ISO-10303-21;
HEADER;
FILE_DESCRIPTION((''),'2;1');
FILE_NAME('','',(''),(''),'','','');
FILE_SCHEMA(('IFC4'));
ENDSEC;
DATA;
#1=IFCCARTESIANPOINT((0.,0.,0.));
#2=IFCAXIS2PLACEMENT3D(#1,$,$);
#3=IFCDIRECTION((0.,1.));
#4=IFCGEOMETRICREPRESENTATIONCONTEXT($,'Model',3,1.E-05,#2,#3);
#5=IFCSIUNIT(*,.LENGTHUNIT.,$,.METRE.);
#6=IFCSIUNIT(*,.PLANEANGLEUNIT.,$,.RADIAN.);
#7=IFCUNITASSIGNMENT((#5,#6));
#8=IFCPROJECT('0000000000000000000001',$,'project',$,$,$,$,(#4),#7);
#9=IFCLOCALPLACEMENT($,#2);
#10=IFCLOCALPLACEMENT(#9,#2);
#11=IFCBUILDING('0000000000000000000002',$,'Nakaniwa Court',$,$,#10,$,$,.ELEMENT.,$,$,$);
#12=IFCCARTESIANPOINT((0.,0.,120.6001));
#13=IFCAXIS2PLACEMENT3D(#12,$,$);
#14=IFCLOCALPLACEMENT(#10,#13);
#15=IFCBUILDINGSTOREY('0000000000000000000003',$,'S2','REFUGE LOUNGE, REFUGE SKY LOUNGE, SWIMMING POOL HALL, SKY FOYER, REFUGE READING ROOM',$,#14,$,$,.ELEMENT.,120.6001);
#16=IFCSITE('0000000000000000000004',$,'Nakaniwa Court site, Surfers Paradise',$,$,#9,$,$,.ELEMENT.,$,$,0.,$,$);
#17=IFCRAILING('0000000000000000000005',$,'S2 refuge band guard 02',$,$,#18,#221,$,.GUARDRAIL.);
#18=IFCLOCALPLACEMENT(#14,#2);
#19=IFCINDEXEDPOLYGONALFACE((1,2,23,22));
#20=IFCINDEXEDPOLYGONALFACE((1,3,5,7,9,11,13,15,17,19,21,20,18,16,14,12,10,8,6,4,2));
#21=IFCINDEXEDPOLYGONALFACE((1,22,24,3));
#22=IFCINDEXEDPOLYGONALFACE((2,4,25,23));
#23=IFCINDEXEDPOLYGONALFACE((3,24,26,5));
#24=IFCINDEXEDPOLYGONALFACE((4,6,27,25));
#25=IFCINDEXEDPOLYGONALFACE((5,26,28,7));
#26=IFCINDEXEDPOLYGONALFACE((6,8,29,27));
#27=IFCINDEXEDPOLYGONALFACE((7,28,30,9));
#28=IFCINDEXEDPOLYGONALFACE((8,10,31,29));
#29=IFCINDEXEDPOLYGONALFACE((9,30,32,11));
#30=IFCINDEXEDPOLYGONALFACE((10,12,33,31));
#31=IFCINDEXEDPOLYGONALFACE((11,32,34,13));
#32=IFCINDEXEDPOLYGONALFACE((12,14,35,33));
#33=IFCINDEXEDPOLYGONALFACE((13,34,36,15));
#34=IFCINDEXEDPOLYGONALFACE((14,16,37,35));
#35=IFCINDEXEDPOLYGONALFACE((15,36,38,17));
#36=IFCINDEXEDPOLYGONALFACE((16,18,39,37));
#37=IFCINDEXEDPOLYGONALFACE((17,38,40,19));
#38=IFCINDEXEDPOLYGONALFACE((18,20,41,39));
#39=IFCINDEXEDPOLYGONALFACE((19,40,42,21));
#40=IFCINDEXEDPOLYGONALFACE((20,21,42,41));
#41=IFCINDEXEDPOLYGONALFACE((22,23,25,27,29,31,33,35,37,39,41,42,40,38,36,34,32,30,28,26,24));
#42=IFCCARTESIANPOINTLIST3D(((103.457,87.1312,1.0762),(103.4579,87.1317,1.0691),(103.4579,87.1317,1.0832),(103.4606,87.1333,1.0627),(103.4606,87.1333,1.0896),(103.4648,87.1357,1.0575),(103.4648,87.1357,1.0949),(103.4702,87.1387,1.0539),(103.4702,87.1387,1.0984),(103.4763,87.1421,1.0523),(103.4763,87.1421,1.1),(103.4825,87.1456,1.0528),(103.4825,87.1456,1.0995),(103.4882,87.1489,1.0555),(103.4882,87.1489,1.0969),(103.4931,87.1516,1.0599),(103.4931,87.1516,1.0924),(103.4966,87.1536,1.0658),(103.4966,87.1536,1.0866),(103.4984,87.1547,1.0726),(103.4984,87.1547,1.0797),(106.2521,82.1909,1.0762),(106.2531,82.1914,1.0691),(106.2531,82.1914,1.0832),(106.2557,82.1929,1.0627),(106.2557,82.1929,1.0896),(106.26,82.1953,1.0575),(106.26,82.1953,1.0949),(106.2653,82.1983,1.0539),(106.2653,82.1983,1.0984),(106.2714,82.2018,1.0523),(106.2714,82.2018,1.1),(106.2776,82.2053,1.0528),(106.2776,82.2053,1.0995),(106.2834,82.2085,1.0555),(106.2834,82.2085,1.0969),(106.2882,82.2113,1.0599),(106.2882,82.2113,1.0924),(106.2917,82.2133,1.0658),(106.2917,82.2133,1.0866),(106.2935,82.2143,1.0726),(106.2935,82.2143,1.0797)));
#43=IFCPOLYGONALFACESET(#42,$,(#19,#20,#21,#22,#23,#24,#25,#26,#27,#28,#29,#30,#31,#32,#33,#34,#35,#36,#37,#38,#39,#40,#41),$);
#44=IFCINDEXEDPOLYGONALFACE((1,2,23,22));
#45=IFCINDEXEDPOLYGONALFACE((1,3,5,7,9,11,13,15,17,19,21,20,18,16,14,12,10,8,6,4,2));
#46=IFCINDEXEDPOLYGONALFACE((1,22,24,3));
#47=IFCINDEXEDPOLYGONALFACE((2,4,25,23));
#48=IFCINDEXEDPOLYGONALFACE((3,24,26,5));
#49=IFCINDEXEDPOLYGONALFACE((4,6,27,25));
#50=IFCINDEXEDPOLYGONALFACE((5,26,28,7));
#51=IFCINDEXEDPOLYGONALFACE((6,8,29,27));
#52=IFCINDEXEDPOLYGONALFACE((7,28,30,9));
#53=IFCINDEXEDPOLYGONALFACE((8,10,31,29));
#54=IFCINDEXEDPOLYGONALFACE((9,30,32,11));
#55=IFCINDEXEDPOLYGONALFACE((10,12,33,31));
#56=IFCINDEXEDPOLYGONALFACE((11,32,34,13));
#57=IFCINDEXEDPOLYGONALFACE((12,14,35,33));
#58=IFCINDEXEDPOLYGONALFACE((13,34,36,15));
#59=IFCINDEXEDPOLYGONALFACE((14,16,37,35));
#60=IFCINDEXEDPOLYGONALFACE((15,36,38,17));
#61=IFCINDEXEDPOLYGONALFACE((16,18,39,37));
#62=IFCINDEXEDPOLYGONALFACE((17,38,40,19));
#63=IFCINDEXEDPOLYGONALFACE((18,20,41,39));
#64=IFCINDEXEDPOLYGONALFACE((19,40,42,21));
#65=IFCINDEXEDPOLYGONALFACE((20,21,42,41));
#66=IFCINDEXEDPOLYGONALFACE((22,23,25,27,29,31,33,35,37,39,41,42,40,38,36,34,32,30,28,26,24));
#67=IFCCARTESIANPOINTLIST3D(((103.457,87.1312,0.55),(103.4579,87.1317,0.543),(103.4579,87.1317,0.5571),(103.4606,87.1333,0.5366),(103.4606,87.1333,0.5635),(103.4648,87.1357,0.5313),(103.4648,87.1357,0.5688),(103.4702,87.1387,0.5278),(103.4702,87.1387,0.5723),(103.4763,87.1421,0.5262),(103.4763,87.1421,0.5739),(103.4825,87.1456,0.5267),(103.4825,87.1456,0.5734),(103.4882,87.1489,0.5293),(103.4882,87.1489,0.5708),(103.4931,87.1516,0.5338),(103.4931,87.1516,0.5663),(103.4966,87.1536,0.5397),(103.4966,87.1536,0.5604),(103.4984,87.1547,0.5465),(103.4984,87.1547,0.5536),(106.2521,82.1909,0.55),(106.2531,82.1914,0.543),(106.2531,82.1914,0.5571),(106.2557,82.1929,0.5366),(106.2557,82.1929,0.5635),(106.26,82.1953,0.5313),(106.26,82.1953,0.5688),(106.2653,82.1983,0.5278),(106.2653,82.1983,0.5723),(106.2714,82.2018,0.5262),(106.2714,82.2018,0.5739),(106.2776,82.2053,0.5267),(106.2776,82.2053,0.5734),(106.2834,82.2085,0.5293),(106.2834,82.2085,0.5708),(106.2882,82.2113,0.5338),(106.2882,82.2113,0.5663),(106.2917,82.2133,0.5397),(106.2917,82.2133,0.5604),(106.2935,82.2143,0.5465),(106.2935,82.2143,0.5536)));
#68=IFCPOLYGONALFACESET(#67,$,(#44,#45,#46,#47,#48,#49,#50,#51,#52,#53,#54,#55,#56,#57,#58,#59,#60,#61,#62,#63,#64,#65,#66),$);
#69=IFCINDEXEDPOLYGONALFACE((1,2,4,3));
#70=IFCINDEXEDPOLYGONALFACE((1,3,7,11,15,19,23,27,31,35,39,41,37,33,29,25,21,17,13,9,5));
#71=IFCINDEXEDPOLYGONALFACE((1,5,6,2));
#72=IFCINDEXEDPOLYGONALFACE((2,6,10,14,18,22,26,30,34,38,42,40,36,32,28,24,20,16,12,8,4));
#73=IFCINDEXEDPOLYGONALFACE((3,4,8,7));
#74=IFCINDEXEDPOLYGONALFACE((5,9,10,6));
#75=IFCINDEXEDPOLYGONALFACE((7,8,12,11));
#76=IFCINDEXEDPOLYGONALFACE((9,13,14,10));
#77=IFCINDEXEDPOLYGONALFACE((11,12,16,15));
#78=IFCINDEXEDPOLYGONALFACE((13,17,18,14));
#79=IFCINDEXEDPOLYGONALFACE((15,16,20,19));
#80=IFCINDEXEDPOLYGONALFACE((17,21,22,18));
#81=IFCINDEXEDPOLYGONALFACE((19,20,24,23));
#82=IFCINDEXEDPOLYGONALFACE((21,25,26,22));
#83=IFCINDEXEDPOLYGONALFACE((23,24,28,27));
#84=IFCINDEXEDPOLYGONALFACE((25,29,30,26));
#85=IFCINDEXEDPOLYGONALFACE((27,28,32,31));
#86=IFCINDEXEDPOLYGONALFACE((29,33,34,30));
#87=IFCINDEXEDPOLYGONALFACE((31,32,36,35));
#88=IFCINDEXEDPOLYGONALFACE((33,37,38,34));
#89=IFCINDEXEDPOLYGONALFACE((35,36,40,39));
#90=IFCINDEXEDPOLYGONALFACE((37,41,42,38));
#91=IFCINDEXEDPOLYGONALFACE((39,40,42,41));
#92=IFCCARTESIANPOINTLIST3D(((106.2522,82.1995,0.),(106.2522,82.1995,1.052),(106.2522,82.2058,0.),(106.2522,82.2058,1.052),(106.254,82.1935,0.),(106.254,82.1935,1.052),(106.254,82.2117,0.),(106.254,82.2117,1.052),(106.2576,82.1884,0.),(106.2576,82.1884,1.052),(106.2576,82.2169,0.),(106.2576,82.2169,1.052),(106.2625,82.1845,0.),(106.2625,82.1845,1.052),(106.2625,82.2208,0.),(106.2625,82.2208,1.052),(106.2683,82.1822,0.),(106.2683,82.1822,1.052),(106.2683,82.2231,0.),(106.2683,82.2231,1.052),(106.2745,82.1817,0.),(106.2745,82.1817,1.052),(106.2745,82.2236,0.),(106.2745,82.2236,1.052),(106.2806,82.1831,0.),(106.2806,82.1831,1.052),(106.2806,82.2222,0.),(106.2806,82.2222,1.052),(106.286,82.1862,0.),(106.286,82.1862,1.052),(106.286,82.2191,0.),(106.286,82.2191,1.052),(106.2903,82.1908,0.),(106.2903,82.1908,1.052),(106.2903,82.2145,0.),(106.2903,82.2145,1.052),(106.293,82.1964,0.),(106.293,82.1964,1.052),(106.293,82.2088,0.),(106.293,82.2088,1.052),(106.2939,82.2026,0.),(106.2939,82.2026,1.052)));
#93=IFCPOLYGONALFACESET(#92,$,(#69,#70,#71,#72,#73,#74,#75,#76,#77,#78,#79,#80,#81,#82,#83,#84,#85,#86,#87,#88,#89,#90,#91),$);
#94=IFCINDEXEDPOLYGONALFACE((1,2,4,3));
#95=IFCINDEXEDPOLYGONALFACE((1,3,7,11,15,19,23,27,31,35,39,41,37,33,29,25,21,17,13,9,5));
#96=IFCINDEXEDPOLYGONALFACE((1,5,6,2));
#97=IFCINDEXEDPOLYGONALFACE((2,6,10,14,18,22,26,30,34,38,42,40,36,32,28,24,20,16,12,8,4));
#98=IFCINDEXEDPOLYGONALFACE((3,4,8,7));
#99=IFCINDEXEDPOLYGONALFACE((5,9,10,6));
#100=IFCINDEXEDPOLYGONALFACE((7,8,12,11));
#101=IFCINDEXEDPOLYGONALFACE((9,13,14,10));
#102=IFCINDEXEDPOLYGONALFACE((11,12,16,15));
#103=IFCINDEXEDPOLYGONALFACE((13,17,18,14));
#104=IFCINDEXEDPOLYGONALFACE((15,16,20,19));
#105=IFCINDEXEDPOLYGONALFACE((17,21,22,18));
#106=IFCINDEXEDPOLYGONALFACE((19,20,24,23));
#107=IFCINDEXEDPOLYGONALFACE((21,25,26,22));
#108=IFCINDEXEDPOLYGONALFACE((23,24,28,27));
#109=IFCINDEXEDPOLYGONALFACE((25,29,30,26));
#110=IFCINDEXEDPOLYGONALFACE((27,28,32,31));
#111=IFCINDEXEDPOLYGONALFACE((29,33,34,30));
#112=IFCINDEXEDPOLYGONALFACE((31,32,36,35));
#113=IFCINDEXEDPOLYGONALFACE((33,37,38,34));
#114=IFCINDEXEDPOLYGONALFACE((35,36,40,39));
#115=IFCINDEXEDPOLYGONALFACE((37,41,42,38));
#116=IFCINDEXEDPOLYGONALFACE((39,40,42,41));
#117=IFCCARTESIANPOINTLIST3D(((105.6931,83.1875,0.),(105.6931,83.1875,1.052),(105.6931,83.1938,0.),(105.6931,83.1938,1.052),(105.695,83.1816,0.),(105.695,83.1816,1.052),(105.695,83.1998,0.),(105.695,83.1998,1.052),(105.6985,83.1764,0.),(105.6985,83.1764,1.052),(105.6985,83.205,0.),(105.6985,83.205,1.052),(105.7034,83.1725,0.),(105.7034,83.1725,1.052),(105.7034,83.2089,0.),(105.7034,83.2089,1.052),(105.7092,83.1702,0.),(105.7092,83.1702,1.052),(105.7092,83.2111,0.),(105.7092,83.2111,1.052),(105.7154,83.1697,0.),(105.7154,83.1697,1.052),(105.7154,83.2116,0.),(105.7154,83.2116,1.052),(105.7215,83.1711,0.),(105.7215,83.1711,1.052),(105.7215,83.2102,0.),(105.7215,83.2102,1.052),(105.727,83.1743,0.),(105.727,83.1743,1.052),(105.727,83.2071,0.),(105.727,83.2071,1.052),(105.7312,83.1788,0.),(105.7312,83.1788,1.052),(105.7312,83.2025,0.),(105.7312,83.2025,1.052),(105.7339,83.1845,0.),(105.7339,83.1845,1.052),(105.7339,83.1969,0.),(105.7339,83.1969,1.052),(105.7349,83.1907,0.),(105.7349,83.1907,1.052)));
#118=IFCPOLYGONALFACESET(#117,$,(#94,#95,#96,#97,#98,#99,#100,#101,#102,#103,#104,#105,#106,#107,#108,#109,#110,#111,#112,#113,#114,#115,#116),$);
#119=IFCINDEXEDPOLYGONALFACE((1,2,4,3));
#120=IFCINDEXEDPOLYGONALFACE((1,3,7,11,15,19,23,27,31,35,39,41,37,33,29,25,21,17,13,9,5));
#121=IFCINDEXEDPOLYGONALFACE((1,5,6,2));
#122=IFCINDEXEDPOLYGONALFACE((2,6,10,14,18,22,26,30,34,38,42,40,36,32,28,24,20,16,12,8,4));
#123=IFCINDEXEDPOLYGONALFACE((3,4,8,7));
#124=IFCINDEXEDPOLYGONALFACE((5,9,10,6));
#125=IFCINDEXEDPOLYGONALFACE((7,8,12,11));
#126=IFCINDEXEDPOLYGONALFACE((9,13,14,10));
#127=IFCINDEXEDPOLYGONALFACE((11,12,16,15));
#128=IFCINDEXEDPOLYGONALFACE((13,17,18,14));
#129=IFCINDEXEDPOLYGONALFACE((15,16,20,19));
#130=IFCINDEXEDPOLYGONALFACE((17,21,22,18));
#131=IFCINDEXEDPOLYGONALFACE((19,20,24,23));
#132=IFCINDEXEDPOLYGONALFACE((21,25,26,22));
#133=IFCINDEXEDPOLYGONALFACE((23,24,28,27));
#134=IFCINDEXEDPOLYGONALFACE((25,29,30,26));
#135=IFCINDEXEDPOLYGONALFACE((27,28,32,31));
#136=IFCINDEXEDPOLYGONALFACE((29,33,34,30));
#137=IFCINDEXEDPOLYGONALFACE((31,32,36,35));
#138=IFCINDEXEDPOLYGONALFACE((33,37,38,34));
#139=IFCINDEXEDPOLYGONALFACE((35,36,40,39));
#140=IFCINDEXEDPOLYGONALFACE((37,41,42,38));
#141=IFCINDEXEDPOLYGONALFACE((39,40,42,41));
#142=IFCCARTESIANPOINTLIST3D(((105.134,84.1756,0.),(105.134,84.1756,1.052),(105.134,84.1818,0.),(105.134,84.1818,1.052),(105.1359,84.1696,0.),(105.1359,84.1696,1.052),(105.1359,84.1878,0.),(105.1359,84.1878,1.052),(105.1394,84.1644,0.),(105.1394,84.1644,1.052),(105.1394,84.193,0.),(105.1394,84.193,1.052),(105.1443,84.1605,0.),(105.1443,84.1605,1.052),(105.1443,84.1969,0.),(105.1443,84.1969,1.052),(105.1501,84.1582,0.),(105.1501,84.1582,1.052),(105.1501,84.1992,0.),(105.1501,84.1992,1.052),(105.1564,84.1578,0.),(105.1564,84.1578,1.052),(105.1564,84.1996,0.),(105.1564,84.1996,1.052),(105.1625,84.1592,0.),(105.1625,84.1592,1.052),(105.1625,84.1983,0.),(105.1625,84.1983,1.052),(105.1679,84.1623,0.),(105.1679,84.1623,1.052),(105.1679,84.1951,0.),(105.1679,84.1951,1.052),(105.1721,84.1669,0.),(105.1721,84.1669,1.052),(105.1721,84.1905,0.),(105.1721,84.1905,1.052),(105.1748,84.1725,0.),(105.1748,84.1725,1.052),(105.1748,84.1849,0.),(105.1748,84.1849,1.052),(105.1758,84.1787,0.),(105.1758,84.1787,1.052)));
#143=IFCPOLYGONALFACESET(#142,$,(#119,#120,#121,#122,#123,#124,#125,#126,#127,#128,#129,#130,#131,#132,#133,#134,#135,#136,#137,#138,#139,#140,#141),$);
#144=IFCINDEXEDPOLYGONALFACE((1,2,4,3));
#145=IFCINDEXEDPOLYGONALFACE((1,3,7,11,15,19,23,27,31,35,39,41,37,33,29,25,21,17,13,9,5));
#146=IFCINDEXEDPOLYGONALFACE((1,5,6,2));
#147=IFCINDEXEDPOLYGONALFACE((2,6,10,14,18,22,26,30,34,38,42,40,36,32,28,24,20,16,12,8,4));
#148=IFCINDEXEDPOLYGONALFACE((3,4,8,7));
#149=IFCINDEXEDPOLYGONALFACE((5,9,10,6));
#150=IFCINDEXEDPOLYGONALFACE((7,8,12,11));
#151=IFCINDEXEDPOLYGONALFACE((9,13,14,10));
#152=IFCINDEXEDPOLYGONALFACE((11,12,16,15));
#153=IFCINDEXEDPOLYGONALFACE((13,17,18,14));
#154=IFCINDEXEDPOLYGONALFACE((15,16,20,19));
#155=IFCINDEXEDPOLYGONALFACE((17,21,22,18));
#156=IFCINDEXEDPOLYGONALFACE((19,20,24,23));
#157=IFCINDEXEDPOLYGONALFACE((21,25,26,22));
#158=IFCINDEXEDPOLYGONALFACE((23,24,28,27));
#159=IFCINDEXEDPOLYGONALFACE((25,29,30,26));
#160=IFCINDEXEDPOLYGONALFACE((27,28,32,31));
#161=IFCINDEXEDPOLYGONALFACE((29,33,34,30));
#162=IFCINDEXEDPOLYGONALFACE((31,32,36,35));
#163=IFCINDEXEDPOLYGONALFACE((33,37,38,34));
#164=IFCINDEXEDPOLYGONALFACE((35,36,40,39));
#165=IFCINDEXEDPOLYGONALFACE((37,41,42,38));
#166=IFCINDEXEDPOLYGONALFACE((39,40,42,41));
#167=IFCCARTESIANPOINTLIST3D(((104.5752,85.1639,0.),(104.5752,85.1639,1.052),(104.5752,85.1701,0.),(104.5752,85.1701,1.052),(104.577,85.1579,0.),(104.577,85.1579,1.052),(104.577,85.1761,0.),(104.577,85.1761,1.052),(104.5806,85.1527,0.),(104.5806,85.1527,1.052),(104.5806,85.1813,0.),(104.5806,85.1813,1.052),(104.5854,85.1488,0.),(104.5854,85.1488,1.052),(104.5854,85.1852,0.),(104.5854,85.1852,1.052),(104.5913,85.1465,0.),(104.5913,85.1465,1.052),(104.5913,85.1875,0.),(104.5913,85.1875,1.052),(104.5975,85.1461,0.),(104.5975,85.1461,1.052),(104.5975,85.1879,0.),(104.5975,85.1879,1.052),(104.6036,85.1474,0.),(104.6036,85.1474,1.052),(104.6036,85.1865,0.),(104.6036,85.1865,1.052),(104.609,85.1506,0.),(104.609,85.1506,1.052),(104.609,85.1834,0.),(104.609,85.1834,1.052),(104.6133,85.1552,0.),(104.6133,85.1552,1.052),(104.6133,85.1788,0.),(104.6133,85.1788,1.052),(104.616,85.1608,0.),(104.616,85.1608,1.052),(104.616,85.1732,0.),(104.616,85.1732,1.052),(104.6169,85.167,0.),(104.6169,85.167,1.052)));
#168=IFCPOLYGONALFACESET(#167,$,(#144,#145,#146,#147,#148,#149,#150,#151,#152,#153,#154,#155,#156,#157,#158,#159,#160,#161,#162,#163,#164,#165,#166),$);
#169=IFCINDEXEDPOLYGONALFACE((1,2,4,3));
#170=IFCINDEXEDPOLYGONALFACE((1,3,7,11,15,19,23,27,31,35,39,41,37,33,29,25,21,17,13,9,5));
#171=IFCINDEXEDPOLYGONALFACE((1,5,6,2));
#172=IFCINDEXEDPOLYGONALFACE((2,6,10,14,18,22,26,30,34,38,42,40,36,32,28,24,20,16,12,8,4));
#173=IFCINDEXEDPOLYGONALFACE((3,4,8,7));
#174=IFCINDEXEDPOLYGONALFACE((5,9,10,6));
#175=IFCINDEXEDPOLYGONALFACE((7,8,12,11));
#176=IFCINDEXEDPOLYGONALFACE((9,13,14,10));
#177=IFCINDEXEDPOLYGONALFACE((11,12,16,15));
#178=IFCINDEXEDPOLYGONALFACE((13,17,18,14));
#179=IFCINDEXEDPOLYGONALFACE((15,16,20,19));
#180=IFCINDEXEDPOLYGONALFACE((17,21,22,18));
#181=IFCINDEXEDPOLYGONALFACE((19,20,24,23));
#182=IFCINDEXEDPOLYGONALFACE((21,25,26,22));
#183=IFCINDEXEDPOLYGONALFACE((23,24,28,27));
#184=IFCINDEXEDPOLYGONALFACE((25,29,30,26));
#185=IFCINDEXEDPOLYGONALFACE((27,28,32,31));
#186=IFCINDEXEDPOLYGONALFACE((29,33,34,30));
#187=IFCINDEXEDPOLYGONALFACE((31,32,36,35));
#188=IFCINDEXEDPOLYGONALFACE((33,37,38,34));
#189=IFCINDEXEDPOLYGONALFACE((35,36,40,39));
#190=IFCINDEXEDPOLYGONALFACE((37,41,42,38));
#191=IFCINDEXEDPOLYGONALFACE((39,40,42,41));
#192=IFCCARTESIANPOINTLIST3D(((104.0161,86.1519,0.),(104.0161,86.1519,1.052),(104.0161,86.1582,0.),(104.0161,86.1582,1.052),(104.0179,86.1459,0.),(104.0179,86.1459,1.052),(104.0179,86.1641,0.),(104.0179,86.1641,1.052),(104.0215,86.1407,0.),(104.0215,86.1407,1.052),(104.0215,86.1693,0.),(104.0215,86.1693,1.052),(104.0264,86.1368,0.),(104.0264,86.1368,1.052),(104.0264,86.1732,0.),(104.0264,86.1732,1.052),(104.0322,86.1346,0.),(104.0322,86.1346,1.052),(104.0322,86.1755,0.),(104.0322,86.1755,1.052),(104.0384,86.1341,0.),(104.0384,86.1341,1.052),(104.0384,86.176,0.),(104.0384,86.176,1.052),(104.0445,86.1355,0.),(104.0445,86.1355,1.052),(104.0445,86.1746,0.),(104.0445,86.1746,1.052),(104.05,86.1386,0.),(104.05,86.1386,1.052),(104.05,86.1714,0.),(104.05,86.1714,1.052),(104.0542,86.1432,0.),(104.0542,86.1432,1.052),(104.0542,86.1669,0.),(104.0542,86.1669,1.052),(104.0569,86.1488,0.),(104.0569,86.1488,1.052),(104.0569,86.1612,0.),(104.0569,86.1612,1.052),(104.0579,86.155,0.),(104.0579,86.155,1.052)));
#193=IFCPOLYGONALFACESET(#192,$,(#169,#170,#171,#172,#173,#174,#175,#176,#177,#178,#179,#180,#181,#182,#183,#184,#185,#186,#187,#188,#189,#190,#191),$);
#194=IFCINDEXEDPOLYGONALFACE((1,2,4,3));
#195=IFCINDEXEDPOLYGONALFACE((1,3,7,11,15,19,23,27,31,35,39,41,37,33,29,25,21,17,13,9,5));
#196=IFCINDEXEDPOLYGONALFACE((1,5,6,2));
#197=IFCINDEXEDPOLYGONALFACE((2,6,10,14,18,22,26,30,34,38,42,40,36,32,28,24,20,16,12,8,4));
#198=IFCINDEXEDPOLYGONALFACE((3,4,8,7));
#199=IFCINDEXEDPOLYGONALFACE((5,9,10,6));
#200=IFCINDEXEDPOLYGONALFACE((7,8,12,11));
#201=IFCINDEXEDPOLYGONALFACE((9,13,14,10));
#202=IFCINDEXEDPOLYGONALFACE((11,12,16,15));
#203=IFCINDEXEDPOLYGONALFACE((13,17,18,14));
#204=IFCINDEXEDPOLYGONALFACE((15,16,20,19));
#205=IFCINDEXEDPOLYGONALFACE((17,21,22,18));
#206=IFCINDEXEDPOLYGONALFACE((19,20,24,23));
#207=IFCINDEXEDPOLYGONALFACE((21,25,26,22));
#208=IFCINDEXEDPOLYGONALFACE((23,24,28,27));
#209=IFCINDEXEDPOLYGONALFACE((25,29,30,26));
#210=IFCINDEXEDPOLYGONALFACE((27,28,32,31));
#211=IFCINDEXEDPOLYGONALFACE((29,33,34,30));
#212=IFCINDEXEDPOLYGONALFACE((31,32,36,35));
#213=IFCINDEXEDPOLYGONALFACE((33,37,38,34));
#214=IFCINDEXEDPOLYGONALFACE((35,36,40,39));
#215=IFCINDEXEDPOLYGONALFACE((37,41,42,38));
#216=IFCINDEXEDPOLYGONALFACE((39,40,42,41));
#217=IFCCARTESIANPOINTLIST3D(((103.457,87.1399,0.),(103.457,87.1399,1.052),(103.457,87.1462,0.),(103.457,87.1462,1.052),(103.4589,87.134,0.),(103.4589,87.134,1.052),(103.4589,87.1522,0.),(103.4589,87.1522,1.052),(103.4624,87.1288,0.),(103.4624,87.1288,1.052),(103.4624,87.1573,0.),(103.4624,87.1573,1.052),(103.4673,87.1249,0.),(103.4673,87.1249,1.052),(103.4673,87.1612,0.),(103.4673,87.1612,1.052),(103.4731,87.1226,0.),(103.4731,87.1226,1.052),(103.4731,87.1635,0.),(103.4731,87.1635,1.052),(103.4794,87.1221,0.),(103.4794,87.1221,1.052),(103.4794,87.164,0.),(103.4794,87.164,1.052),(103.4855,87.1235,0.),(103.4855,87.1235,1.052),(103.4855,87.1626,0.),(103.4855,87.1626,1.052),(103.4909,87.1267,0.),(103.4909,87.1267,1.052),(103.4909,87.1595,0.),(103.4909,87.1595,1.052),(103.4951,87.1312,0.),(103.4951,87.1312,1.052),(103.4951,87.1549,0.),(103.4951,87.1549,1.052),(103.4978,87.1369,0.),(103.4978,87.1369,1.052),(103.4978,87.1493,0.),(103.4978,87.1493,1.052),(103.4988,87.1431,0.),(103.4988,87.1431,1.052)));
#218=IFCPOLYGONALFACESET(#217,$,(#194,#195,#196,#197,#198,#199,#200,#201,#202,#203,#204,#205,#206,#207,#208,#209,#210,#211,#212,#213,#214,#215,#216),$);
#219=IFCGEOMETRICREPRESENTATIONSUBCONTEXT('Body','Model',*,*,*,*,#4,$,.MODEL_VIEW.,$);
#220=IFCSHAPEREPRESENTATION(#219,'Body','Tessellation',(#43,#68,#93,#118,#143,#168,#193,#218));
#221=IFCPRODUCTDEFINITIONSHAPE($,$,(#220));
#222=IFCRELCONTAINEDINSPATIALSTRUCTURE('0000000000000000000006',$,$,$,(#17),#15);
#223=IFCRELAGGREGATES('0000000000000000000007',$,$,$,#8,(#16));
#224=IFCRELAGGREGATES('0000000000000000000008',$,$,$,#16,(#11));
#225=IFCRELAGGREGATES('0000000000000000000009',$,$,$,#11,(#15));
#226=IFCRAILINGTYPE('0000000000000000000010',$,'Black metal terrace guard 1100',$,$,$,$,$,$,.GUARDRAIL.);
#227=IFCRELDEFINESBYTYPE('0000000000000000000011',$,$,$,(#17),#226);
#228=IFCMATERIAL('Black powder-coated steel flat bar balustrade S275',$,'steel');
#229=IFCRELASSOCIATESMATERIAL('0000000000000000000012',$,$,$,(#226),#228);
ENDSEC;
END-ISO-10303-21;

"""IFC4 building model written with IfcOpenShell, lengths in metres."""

from ifc_helpers import new_model, si_unit, direction, frame, origin, origin_2d, place, context, subcontext, project, spatial, circle, extrude, material, type_object, element, save


model = new_model("IFC4")

# Units and contexts
model_context = context("Model", 3, precision=1e-05, world=origin(), true_north=direction((0.0, 1.0)))
body_context = subcontext(model_context, "Body", "Model", "MODEL_VIEW")
ifc_project = project(units=[si_unit("LENGTHUNIT", "METRE"), si_unit("PLANEANGLEUNIT", "RADIAN")], contexts=[model_context])

# Site, building, storey
site_placement = place(None, origin())
site = spatial("IfcSite", under=ifc_project, at=site_placement, Name="Nakaniwa Court site, Surfers Paradise", CompositionType="ELEMENT", RefElevation=0.0)
building_placement = place(site_placement, origin())
building = spatial("IfcBuilding", under=site, at=building_placement, Name="Nakaniwa Court", CompositionType="ELEMENT")
storey_placement = place(building_placement, frame((0.0, 0.0, 120.6001)))
storey = spatial("IfcBuildingStorey", under=building, at=storey_placement, Name="S2", Description="REFUGE LOUNGE, REFUGE SKY LOUNGE, SWIMMING POOL HALL, SKY FOYER, REFUGE READING ROOM", CompositionType="ELEMENT", Elevation=120.6001)

# Railing
ifc_material_1 = material(Name="Black powder-coated steel flat bar balustrade S275", Category="steel")
railing_type = type_object("IfcRailingType", Name="Black metal terrace guard 1100", PredefinedType="GUARDRAIL", material=ifc_material_1)
railing_placement = place(storey_placement, frame((106.2729, 82.2026, 0.0)))
element("IfcRailing", 1, at=railing_placement, inside=storey, type_object=railing_type, Name="S2 refuge band guard 02", PredefinedType="GUARDRAIL", context=body_context, shape_type="SweptSolid", body=[
    extrude(circle(Radius=0.0239, at=origin_2d()), frame((0.0, 0.0, 1.0762), z_axis=(-0.492424, 0.870355, 0.0), x_axis=(-0.870355, -0.492424, 0.0)), (0.0, 0.0, 1.0), 5.6763),
    extrude(circle(Radius=0.0239, at=origin_2d()), frame((0.0, 0.0, 0.55), z_axis=(-0.492424, 0.870355, 0.0), x_axis=(-0.870355, -0.492424, 0.0)), (0.0, 0.0, 1.0), 5.6763),
    extrude(circle(Radius=0.021, at=origin_2d()), origin(), (0.0, 0.0, 1.0), 1.052),
    extrude(circle(Radius=0.021, at=origin_2d()), frame((-0.5591, 0.988, 0.0)), (0.0, 0.0, 1.0), 1.052),
    extrude(circle(Radius=0.021, at=origin_2d()), frame((-1.1182, 1.9761, 0.0)), (0.0, 0.0, 1.0), 1.052),
    extrude(circle(Radius=0.021, at=origin_2d()), frame((-1.677, 2.9644, 0.0)), (0.0, 0.0, 1.0), 1.052),
    extrude(circle(Radius=0.021, at=origin_2d()), frame((-2.2361, 3.9524, 0.0)), (0.0, 0.0, 1.0), 1.052),
    extrude(circle(Radius=0.021, at=origin_2d()), frame((-2.7952, 4.9404, 0.0)), (0.0, 0.0, 1.0), 1.052),
])

save(model, "model.ifc")
